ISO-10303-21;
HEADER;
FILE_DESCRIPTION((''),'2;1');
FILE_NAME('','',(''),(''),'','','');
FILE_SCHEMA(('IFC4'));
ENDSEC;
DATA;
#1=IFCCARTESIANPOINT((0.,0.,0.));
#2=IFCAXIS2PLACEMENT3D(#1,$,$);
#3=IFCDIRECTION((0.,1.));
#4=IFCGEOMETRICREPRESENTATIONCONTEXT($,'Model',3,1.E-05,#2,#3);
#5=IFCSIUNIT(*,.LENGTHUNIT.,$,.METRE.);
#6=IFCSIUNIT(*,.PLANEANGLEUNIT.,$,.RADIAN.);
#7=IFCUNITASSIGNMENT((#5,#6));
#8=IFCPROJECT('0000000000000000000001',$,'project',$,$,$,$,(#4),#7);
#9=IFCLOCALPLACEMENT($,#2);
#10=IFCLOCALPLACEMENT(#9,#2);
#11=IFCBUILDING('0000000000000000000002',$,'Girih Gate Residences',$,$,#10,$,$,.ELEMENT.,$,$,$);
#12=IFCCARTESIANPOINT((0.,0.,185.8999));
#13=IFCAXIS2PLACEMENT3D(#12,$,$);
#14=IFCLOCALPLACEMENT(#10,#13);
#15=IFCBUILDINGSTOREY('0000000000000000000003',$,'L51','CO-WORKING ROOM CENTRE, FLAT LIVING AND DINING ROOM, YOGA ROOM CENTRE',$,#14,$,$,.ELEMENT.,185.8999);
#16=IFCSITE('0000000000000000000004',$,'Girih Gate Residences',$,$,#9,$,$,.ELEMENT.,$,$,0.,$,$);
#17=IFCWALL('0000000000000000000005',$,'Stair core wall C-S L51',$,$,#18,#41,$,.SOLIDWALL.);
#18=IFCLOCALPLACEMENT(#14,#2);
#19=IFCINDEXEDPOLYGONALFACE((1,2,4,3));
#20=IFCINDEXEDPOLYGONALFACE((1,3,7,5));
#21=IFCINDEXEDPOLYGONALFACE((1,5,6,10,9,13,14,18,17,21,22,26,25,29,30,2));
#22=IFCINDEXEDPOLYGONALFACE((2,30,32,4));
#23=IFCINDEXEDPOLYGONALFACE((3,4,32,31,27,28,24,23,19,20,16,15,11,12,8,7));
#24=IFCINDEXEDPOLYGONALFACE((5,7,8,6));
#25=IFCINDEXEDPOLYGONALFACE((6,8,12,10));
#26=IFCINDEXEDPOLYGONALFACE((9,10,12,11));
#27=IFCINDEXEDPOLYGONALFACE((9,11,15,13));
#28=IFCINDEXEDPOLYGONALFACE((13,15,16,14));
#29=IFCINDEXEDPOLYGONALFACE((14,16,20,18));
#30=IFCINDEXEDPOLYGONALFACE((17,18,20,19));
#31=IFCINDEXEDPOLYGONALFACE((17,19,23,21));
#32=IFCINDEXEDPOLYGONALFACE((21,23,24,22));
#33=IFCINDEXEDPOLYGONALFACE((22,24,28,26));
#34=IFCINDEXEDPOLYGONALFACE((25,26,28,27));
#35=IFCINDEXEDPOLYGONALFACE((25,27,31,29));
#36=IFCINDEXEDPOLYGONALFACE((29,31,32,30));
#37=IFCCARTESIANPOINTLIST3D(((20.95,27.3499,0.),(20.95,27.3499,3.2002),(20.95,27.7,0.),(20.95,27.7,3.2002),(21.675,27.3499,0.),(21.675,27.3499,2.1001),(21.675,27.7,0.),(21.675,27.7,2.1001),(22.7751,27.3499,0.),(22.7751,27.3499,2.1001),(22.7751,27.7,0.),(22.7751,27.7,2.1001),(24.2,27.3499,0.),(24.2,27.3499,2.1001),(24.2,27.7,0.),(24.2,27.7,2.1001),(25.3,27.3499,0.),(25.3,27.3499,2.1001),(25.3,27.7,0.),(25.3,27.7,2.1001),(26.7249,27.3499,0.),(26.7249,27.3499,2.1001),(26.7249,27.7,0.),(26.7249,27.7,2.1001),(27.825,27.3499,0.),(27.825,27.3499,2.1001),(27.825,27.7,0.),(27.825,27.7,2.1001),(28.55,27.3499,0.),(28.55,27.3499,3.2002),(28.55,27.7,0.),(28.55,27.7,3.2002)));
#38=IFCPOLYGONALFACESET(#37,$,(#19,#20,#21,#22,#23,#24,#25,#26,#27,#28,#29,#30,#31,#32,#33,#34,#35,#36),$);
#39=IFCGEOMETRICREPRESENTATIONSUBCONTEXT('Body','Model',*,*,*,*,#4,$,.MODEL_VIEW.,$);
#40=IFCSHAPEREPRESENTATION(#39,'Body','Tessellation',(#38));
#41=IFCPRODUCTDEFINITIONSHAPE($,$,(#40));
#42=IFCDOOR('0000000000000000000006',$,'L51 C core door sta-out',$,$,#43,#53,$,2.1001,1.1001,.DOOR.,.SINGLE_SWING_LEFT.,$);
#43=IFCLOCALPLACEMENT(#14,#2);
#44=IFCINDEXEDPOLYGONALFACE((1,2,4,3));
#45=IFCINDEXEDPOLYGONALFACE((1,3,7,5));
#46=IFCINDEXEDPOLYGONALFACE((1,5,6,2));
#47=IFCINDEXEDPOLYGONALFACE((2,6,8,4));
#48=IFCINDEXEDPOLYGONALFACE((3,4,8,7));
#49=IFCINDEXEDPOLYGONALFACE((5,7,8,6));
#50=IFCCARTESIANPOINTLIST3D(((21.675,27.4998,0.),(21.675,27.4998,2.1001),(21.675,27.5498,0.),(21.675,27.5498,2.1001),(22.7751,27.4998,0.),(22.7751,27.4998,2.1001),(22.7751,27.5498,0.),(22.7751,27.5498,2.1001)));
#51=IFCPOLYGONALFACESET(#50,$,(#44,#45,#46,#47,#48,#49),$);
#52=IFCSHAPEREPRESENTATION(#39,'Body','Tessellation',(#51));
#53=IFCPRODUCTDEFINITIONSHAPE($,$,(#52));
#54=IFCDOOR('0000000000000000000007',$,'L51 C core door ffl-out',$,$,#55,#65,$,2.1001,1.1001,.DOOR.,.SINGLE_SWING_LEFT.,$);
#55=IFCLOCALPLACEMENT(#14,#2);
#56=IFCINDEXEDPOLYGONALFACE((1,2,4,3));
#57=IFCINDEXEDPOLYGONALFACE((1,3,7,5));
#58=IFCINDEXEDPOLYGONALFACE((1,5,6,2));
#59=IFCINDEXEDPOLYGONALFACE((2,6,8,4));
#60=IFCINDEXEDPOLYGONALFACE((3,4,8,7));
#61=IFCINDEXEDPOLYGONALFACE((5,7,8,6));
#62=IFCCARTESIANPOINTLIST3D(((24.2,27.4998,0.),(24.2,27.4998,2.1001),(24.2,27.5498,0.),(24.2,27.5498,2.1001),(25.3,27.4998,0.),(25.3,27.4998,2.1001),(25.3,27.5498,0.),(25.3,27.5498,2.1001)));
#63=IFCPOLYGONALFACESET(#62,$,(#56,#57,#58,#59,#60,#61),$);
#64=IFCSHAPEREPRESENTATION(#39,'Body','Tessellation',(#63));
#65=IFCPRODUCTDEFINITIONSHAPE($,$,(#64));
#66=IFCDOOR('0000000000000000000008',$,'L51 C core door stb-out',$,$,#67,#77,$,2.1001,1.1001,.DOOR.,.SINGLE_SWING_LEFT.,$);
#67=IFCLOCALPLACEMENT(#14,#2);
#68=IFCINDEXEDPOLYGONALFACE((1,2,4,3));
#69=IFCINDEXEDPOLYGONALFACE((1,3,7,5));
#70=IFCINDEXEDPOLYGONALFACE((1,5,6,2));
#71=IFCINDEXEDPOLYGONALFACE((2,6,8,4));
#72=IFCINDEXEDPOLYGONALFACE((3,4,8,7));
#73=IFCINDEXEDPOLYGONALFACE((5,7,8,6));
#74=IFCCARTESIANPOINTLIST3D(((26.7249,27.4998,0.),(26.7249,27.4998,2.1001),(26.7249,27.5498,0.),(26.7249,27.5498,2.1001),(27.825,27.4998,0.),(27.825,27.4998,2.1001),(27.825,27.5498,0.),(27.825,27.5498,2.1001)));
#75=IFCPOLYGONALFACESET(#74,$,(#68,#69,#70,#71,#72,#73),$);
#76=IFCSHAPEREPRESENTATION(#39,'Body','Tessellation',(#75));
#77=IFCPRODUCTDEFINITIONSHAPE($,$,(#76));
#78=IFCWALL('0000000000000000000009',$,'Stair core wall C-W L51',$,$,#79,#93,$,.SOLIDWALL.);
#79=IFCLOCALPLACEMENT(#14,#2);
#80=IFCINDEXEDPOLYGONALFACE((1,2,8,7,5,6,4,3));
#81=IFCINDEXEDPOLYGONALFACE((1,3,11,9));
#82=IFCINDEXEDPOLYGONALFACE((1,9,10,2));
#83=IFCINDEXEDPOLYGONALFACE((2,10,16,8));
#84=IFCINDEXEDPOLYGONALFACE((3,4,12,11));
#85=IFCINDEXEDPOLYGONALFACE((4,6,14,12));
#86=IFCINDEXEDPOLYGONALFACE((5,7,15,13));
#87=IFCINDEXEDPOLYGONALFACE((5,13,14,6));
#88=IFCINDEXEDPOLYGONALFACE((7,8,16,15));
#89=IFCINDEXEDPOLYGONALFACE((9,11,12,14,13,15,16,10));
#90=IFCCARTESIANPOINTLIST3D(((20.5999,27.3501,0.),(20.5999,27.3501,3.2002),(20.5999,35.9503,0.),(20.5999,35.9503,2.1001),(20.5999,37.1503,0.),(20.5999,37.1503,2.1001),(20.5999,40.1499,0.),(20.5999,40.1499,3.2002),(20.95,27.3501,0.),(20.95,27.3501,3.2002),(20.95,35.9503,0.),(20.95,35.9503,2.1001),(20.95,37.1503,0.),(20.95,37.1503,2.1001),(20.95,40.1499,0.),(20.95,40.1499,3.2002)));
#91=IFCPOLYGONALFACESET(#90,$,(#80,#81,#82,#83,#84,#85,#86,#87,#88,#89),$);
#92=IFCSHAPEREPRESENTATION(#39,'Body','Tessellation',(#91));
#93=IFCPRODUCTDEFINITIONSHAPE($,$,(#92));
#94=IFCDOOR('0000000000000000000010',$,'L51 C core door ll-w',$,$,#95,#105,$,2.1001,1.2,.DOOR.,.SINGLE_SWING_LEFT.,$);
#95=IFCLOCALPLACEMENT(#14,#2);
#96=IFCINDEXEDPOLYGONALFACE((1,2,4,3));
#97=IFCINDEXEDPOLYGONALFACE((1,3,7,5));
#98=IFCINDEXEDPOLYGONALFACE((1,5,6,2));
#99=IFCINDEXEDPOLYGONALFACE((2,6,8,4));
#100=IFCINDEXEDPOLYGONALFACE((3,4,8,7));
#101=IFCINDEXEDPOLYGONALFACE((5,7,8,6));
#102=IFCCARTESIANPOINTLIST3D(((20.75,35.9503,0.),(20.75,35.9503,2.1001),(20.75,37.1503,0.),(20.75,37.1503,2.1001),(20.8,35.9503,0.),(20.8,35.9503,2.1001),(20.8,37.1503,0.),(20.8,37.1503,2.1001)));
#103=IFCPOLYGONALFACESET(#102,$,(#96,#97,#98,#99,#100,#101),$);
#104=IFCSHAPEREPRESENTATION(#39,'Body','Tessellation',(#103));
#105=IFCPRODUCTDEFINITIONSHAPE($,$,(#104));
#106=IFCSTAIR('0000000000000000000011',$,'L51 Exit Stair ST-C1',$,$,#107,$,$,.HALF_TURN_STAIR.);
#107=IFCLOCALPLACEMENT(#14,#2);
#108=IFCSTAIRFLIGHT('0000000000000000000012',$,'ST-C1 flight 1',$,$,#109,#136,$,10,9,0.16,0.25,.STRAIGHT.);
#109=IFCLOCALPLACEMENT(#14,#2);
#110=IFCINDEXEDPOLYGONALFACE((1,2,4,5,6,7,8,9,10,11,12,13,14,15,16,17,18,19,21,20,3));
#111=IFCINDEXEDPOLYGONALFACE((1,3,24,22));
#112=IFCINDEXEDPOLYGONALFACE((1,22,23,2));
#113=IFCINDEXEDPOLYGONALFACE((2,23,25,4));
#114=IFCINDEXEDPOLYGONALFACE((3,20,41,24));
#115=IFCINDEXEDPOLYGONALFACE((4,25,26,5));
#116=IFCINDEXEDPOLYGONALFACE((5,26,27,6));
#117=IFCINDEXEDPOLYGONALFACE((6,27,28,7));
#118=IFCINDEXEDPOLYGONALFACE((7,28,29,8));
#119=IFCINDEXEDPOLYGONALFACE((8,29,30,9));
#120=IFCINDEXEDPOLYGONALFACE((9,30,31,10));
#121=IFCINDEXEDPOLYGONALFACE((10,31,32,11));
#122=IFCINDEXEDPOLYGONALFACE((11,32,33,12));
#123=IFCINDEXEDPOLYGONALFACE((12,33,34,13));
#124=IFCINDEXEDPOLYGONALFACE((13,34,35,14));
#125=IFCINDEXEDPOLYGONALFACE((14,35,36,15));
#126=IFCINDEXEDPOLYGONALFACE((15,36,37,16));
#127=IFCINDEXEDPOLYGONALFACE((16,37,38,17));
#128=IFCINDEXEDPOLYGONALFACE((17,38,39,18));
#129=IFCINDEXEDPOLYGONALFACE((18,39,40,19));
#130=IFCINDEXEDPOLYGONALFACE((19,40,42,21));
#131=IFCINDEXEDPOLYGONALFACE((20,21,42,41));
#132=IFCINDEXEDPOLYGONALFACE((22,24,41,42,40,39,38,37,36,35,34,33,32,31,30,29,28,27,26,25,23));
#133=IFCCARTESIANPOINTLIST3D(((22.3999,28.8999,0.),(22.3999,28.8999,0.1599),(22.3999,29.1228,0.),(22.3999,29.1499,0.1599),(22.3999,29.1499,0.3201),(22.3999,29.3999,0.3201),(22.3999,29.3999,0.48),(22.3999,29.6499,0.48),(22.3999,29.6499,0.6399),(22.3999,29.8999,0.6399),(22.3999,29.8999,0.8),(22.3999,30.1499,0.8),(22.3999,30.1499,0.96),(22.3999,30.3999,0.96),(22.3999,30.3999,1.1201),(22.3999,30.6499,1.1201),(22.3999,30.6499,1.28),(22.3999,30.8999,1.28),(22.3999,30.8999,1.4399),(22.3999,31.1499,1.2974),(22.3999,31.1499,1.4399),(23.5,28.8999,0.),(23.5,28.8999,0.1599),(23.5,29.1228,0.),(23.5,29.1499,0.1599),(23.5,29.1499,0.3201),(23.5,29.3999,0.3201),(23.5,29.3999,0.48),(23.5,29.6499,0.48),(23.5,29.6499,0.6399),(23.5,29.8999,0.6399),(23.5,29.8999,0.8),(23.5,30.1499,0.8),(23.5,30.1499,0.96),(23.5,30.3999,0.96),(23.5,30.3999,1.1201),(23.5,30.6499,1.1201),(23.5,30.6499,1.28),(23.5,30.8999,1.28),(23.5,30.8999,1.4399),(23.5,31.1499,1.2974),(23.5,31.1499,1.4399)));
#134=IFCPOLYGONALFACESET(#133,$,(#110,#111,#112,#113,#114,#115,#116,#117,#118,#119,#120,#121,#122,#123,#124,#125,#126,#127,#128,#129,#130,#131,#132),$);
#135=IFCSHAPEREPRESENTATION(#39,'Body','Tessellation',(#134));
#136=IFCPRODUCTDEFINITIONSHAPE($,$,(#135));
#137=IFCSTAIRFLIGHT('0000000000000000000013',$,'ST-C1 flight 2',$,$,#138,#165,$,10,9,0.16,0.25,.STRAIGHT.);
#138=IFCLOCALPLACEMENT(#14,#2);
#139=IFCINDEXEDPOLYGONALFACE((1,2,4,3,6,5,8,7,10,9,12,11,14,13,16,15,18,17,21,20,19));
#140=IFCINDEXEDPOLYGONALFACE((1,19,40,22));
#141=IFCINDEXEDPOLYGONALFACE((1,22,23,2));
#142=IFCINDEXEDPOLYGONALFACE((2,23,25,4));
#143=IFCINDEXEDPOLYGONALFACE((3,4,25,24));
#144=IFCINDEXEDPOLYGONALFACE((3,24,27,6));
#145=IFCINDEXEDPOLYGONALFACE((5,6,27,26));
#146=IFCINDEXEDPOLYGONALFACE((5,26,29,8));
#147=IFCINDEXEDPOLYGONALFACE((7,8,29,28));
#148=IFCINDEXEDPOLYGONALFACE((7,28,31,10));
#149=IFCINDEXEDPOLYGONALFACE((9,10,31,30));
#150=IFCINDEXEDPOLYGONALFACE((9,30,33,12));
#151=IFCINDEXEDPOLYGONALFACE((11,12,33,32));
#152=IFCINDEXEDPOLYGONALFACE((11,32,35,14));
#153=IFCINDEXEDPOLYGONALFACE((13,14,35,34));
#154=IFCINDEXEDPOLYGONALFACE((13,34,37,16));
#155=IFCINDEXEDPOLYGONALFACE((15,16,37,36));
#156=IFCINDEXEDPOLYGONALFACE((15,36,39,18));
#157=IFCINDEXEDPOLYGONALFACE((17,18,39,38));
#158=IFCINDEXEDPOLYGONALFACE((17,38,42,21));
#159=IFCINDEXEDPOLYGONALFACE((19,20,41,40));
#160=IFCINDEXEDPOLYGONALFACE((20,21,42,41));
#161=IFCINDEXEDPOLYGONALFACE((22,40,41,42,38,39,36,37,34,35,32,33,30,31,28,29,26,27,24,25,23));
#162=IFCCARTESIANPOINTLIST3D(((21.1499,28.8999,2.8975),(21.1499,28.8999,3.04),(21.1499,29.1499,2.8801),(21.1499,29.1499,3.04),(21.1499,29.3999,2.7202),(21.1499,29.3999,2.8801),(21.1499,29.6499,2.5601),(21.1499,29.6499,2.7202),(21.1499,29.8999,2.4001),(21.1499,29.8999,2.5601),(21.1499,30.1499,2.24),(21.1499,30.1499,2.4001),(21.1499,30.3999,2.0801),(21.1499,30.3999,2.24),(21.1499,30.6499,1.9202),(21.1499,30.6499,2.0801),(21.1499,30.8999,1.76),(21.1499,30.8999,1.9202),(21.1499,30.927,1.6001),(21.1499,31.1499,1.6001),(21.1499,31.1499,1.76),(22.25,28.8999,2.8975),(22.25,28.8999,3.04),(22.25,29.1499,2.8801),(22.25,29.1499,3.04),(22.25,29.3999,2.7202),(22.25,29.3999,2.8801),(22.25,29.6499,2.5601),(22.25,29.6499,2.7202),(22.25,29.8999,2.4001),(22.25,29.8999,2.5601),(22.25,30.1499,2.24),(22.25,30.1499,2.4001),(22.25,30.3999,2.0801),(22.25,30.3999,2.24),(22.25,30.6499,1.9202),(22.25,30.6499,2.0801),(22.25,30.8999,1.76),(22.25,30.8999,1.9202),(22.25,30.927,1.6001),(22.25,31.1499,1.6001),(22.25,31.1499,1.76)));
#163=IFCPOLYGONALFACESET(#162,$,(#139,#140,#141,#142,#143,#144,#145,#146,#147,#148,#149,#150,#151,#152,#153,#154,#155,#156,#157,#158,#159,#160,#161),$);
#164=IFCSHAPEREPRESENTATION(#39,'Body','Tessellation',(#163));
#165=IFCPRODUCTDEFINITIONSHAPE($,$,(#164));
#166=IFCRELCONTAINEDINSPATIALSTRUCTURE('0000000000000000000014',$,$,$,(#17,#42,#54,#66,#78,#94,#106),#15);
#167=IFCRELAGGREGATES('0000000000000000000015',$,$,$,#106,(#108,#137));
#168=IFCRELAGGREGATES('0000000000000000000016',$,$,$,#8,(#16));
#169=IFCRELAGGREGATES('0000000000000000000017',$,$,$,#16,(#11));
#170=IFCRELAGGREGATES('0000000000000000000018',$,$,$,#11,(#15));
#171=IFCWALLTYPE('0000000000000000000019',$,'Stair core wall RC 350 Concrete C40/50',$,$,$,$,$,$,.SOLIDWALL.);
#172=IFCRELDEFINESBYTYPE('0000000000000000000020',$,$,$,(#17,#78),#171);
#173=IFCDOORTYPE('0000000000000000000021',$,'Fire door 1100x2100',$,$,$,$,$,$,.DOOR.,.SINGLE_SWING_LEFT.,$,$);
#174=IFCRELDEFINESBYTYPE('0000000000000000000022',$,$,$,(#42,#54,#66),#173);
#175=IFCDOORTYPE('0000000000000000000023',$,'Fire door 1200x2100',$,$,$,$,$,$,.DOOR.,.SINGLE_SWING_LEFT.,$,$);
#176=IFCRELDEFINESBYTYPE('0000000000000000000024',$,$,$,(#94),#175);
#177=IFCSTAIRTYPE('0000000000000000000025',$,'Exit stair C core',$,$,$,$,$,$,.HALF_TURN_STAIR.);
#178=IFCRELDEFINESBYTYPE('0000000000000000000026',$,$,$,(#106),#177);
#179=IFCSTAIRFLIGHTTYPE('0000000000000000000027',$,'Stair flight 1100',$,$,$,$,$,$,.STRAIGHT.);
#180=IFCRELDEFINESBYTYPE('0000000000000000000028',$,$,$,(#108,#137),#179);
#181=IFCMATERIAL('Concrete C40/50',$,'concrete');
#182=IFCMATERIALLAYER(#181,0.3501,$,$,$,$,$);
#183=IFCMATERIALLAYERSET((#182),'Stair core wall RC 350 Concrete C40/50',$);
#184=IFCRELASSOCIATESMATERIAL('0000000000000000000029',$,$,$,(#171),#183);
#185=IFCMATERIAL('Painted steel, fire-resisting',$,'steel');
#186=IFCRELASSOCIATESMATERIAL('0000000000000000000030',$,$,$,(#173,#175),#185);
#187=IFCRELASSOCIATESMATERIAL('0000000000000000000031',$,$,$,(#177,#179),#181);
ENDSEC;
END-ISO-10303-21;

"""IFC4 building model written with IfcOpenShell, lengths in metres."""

from ifc_helpers import new_model, si_unit, direction, frame, frame_2d, origin, place, context, subcontext, project, spatial, polyline, rectangle, outline, extrude, material, layer, layer_set, type_object, element, fill, aggregate, save


model = new_model("IFC4")

# Units and contexts
model_context = context("Model", 3, precision=1e-05, world=origin(), true_north=direction((0.0, 1.0)))
body_context = subcontext(model_context, "Body", "Model", "MODEL_VIEW")
ifc_project = project(units=[si_unit("LENGTHUNIT", "METRE"), si_unit("PLANEANGLEUNIT", "RADIAN")], contexts=[model_context])

# Site, building, storey
site_placement = place(None, origin())
site = spatial("IfcSite", under=ifc_project, at=site_placement, Name="Girih Gate Residences", CompositionType="ELEMENT", RefElevation=0.0)
building_placement = place(site_placement, origin())
building = spatial("IfcBuilding", under=site, at=building_placement, Name="Girih Gate Residences", CompositionType="ELEMENT")
storey_placement = place(building_placement, frame((0.0, 0.0, 185.8999)))
storey = spatial("IfcBuildingStorey", under=building, at=storey_placement, Name="L51", Description="CO-WORKING ROOM CENTRE, FLAT LIVING AND DINING ROOM, YOGA ROOM CENTRE", CompositionType="ELEMENT", Elevation=185.8999)

# Shared definitions
ifc_material_1 = material(Name="Concrete C40/50", Category="concrete")

# Shared definitions
ifc_material_2 = material(Name="Painted steel, fire-resisting", Category="steel")

# Wall, openings, doors
ifc_layer_1 = layer(ifc_material_1, 0.3501)
ifc_layer_set_1 = layer_set([ifc_layer_1], Name="Stair core wall RC 350 Concrete C40/50")
wall_type_1 = type_object("IfcWallType", Name="Stair core wall RC 350 Concrete C40/50", PredefinedType="SOLIDWALL", material=ifc_layer_set_1)
wall_1_placement = place(storey_placement, frame((20.95, 27.5249, 0.0), z_axis=(0.0, 0.0, 1.0), x_axis=(1.0, 0.0, 0.0)))
wall_1 = element("IfcWall", 1, at=wall_1_placement, inside=storey, type_object=wall_type_1, Name="Stair core wall C-S L51", PredefinedType="SOLIDWALL", context=body_context, shape_type="SweptSolid", body=[
    extrude(rectangle(XDim=7.6001, YDim=0.3501, at=frame_2d((3.8, 0.0))), origin(), (0.0, 0.0, 1.0), 3.2002),
])
opening_1_placement = place(wall_1_placement, frame((0.7251, 0.0, 0.0)))
opening_1 = element("IfcOpeningElement", 2, at=opening_1_placement, cuts=wall_1, PredefinedType="OPENING", context=body_context, shape_type="SweptSolid", body=[
    extrude(rectangle(XDim=1.1001, YDim=2.1001, at=frame_2d((0.55, 1.05))), frame((0.0, 0.1851, 0.0), z_axis=(0.0, -1.0, 0.0), x_axis=(1.0, 0.0, 0.0)), (0.0, 0.0, 1.0), 0.3701),
])
opening_2_placement = place(wall_1_placement, frame((3.25, 0.0, 0.0)))
opening_2 = element("IfcOpeningElement", 3, at=opening_2_placement, cuts=wall_1, PredefinedType="OPENING", context=body_context, shape_type="SweptSolid", body=[
    extrude(rectangle(XDim=1.1001, YDim=2.1001, at=frame_2d((0.55, 1.05))), frame((0.0, 0.1851, 0.0), z_axis=(0.0, -1.0, 0.0), x_axis=(1.0, 0.0, 0.0)), (0.0, 0.0, 1.0), 0.3701),
])
opening_3_placement = place(wall_1_placement, frame((5.7749, 0.0, 0.0)))
opening_3 = element("IfcOpeningElement", 4, at=opening_3_placement, cuts=wall_1, PredefinedType="OPENING", context=body_context, shape_type="SweptSolid", body=[
    extrude(rectangle(XDim=1.1001, YDim=2.1001, at=frame_2d((0.55, 1.05))), frame((0.0, 0.1851, 0.0), z_axis=(0.0, -1.0, 0.0), x_axis=(1.0, 0.0, 0.0)), (0.0, 0.0, 1.0), 0.3701),
])
door_type_1 = type_object("IfcDoorType", Name="Fire door 1100x2100", OperationType="SINGLE_SWING_LEFT", PredefinedType="DOOR", material=ifc_material_2)
door_1_placement = place(opening_1_placement, origin())
door_1 = element("IfcDoor", 5, at=door_1_placement, inside=storey, type_object=door_type_1, Name="L51 C core door sta-out", OperationType="SINGLE_SWING_LEFT", OverallHeight=2.1001, OverallWidth=1.1001, PredefinedType="DOOR", context=body_context, shape_type="SweptSolid", body=[
    extrude(rectangle(XDim=1.1001, YDim=2.1001, at=frame_2d((0.55, 1.05))), frame((0.0, 0.0249, 0.0), z_axis=(0.0, -1.0, 0.0), x_axis=(1.0, 0.0, 0.0)), (0.0, 0.0, 1.0), 0.05),
])
fill(opening_1, door_1)
door_2_placement = place(opening_2_placement, origin())
door_2 = element("IfcDoor", 6, at=door_2_placement, inside=storey, type_object=door_type_1, Name="L51 C core door ffl-out", OperationType="SINGLE_SWING_LEFT", OverallHeight=2.1001, OverallWidth=1.1001, PredefinedType="DOOR", context=body_context, shape_type="SweptSolid", body=[
    extrude(rectangle(XDim=1.1001, YDim=2.1001, at=frame_2d((0.55, 1.05))), frame((0.0, 0.0249, 0.0), z_axis=(0.0, -1.0, 0.0), x_axis=(1.0, 0.0, 0.0)), (0.0, 0.0, 1.0), 0.05),
])
fill(opening_2, door_2)
door_3_placement = place(opening_3_placement, origin())
door_3 = element("IfcDoor", 7, at=door_3_placement, inside=storey, type_object=door_type_1, Name="L51 C core door stb-out", OperationType="SINGLE_SWING_LEFT", OverallHeight=2.1001, OverallWidth=1.1001, PredefinedType="DOOR", context=body_context, shape_type="SweptSolid", body=[
    extrude(rectangle(XDim=1.1001, YDim=2.1001, at=frame_2d((0.55, 1.05))), frame((0.0, 0.0249, 0.0), z_axis=(0.0, -1.0, 0.0), x_axis=(1.0, 0.0, 0.0)), (0.0, 0.0, 1.0), 0.05),
])
fill(opening_3, door_3)

# Wall, opening, door
wall_2_placement = place(storey_placement, frame((20.7749, 27.3501, 0.0), z_axis=(0.0, 0.0, 1.0), x_axis=(0.0, 1.0, 0.0)))
wall_2 = element("IfcWall", 8, at=wall_2_placement, inside=storey, type_object=wall_type_1, Name="Stair core wall C-W L51", PredefinedType="SOLIDWALL", context=body_context, shape_type="SweptSolid", body=[
    extrude(rectangle(XDim=12.7998, YDim=0.3501, at=frame_2d((6.3999, 0.0))), origin(), (0.0, 0.0, 1.0), 3.2002),
])
opening_4_placement = place(wall_2_placement, frame((8.6001, 0.0, 0.0)))
opening_4 = element("IfcOpeningElement", 9, at=opening_4_placement, cuts=wall_2, PredefinedType="OPENING", context=body_context, shape_type="SweptSolid", body=[
    extrude(rectangle(XDim=1.2, YDim=2.1001, at=frame_2d((0.6001, 1.05))), frame((0.0, 0.1851, 0.0), z_axis=(0.0, -1.0, 0.0), x_axis=(1.0, 0.0, 0.0)), (0.0, 0.0, 1.0), 0.3701),
])
door_type_2 = type_object("IfcDoorType", Name="Fire door 1200x2100", OperationType="SINGLE_SWING_LEFT", PredefinedType="DOOR", material=ifc_material_2)
door_4_placement = place(opening_4_placement, origin())
door_4 = element("IfcDoor", 10, at=door_4_placement, inside=storey, type_object=door_type_2, Name="L51 C core door ll-w", OperationType="SINGLE_SWING_LEFT", OverallHeight=2.1001, OverallWidth=1.2, PredefinedType="DOOR", context=body_context, shape_type="SweptSolid", body=[
    extrude(rectangle(XDim=1.2, YDim=2.1001, at=frame_2d((0.6001, 1.05))), frame((0.0, 0.0249, 0.0), z_axis=(0.0, -1.0, 0.0), x_axis=(1.0, 0.0, 0.0)), (0.0, 0.0, 1.0), 0.05),
])
fill(opening_4, door_4)

# Stair, stair flights
stair_type = type_object("IfcStairType", Name="Exit stair C core", PredefinedType="HALF_TURN_STAIR", material=ifc_material_1)
stair_placement = place(storey_placement, origin())
stair = element("IfcStair", 11, at=stair_placement, inside=storey, type_object=stair_type, Name="L51 Exit Stair ST-C1", PredefinedType="HALF_TURN_STAIR")
stair_flight_type = type_object("IfcStairFlightType", Name="Stair flight 1100", PredefinedType="STRAIGHT", material=ifc_material_1)
stair_flight_1_placement = place(storey_placement, frame((22.95, 28.8999, 0.0), z_axis=(0.0, 0.0, 1.0), x_axis=(0.0, 1.0, 0.0)))
stair_flight_1 = element("IfcStairFlight", 12, at=stair_flight_1_placement, type_object=stair_flight_type, Name="ST-C1 flight 1", NumberOfRisers=10, NumberOfTreads=9, PredefinedType="STRAIGHT", RiserHeight=0.16, TreadLength=0.25, context=body_context, shape_type="SweptSolid", body=[
    extrude(outline(polyline([(0.0, 0.0), (0.0, 0.1599), (0.25, 0.1599), (0.25, 0.3201), (0.5, 0.3201), (0.5, 0.48), (0.75, 0.48), (0.75, 0.6399), (1.0, 0.6399), (1.0, 0.8), (1.25, 0.8), (1.25, 0.96), (1.5, 0.96), (1.5, 1.1201), (1.75, 1.1201), (1.75, 1.28), (2.0, 1.28), (2.0, 1.4399), (2.25, 1.4399), (2.25, 1.6001), (2.25, 1.2974), (0.2229, 0.0), (0.0, 0.0)])), frame((0.0, 0.55, 0.0), z_axis=(0.0, -1.0, 0.0), x_axis=(1.0, 0.0, 0.0)), (0.0, 0.0, 1.0), 1.1001),
])
stair_flight_2_placement = place(storey_placement, frame((21.7, 31.1499, 1.6001), z_axis=(0.0, 0.0, 1.0), x_axis=(0.0, -1.0, 0.0)))
stair_flight_2 = element("IfcStairFlight", 13, at=stair_flight_2_placement, type_object=stair_flight_type, Name="ST-C1 flight 2", NumberOfRisers=10, NumberOfTreads=9, PredefinedType="STRAIGHT", RiserHeight=0.16, TreadLength=0.25, context=body_context, shape_type="SweptSolid", body=[
    extrude(outline(polyline([(0.0, 0.0), (0.0, 0.1599), (0.25, 0.1599), (0.25, 0.3201), (0.5, 0.3201), (0.5, 0.48), (0.75, 0.48), (0.75, 0.6399), (1.0, 0.6399), (1.0, 0.8), (1.25, 0.8), (1.25, 0.96), (1.5, 0.96), (1.5, 1.1201), (1.75, 1.1201), (1.75, 1.28), (2.0, 1.28), (2.0, 1.4399), (2.25, 1.4399), (2.25, 1.6001), (2.25, 1.2974), (0.2229, 0.0), (0.0, 0.0)])), frame((0.0, 0.55, 0.0), z_axis=(0.0, -1.0, 0.0), x_axis=(1.0, 0.0, 0.0)), (0.0, 0.0, 1.0), 1.1001),
])
aggregate(stair, [stair_flight_1, stair_flight_2])

save(model, "model.ifc")
